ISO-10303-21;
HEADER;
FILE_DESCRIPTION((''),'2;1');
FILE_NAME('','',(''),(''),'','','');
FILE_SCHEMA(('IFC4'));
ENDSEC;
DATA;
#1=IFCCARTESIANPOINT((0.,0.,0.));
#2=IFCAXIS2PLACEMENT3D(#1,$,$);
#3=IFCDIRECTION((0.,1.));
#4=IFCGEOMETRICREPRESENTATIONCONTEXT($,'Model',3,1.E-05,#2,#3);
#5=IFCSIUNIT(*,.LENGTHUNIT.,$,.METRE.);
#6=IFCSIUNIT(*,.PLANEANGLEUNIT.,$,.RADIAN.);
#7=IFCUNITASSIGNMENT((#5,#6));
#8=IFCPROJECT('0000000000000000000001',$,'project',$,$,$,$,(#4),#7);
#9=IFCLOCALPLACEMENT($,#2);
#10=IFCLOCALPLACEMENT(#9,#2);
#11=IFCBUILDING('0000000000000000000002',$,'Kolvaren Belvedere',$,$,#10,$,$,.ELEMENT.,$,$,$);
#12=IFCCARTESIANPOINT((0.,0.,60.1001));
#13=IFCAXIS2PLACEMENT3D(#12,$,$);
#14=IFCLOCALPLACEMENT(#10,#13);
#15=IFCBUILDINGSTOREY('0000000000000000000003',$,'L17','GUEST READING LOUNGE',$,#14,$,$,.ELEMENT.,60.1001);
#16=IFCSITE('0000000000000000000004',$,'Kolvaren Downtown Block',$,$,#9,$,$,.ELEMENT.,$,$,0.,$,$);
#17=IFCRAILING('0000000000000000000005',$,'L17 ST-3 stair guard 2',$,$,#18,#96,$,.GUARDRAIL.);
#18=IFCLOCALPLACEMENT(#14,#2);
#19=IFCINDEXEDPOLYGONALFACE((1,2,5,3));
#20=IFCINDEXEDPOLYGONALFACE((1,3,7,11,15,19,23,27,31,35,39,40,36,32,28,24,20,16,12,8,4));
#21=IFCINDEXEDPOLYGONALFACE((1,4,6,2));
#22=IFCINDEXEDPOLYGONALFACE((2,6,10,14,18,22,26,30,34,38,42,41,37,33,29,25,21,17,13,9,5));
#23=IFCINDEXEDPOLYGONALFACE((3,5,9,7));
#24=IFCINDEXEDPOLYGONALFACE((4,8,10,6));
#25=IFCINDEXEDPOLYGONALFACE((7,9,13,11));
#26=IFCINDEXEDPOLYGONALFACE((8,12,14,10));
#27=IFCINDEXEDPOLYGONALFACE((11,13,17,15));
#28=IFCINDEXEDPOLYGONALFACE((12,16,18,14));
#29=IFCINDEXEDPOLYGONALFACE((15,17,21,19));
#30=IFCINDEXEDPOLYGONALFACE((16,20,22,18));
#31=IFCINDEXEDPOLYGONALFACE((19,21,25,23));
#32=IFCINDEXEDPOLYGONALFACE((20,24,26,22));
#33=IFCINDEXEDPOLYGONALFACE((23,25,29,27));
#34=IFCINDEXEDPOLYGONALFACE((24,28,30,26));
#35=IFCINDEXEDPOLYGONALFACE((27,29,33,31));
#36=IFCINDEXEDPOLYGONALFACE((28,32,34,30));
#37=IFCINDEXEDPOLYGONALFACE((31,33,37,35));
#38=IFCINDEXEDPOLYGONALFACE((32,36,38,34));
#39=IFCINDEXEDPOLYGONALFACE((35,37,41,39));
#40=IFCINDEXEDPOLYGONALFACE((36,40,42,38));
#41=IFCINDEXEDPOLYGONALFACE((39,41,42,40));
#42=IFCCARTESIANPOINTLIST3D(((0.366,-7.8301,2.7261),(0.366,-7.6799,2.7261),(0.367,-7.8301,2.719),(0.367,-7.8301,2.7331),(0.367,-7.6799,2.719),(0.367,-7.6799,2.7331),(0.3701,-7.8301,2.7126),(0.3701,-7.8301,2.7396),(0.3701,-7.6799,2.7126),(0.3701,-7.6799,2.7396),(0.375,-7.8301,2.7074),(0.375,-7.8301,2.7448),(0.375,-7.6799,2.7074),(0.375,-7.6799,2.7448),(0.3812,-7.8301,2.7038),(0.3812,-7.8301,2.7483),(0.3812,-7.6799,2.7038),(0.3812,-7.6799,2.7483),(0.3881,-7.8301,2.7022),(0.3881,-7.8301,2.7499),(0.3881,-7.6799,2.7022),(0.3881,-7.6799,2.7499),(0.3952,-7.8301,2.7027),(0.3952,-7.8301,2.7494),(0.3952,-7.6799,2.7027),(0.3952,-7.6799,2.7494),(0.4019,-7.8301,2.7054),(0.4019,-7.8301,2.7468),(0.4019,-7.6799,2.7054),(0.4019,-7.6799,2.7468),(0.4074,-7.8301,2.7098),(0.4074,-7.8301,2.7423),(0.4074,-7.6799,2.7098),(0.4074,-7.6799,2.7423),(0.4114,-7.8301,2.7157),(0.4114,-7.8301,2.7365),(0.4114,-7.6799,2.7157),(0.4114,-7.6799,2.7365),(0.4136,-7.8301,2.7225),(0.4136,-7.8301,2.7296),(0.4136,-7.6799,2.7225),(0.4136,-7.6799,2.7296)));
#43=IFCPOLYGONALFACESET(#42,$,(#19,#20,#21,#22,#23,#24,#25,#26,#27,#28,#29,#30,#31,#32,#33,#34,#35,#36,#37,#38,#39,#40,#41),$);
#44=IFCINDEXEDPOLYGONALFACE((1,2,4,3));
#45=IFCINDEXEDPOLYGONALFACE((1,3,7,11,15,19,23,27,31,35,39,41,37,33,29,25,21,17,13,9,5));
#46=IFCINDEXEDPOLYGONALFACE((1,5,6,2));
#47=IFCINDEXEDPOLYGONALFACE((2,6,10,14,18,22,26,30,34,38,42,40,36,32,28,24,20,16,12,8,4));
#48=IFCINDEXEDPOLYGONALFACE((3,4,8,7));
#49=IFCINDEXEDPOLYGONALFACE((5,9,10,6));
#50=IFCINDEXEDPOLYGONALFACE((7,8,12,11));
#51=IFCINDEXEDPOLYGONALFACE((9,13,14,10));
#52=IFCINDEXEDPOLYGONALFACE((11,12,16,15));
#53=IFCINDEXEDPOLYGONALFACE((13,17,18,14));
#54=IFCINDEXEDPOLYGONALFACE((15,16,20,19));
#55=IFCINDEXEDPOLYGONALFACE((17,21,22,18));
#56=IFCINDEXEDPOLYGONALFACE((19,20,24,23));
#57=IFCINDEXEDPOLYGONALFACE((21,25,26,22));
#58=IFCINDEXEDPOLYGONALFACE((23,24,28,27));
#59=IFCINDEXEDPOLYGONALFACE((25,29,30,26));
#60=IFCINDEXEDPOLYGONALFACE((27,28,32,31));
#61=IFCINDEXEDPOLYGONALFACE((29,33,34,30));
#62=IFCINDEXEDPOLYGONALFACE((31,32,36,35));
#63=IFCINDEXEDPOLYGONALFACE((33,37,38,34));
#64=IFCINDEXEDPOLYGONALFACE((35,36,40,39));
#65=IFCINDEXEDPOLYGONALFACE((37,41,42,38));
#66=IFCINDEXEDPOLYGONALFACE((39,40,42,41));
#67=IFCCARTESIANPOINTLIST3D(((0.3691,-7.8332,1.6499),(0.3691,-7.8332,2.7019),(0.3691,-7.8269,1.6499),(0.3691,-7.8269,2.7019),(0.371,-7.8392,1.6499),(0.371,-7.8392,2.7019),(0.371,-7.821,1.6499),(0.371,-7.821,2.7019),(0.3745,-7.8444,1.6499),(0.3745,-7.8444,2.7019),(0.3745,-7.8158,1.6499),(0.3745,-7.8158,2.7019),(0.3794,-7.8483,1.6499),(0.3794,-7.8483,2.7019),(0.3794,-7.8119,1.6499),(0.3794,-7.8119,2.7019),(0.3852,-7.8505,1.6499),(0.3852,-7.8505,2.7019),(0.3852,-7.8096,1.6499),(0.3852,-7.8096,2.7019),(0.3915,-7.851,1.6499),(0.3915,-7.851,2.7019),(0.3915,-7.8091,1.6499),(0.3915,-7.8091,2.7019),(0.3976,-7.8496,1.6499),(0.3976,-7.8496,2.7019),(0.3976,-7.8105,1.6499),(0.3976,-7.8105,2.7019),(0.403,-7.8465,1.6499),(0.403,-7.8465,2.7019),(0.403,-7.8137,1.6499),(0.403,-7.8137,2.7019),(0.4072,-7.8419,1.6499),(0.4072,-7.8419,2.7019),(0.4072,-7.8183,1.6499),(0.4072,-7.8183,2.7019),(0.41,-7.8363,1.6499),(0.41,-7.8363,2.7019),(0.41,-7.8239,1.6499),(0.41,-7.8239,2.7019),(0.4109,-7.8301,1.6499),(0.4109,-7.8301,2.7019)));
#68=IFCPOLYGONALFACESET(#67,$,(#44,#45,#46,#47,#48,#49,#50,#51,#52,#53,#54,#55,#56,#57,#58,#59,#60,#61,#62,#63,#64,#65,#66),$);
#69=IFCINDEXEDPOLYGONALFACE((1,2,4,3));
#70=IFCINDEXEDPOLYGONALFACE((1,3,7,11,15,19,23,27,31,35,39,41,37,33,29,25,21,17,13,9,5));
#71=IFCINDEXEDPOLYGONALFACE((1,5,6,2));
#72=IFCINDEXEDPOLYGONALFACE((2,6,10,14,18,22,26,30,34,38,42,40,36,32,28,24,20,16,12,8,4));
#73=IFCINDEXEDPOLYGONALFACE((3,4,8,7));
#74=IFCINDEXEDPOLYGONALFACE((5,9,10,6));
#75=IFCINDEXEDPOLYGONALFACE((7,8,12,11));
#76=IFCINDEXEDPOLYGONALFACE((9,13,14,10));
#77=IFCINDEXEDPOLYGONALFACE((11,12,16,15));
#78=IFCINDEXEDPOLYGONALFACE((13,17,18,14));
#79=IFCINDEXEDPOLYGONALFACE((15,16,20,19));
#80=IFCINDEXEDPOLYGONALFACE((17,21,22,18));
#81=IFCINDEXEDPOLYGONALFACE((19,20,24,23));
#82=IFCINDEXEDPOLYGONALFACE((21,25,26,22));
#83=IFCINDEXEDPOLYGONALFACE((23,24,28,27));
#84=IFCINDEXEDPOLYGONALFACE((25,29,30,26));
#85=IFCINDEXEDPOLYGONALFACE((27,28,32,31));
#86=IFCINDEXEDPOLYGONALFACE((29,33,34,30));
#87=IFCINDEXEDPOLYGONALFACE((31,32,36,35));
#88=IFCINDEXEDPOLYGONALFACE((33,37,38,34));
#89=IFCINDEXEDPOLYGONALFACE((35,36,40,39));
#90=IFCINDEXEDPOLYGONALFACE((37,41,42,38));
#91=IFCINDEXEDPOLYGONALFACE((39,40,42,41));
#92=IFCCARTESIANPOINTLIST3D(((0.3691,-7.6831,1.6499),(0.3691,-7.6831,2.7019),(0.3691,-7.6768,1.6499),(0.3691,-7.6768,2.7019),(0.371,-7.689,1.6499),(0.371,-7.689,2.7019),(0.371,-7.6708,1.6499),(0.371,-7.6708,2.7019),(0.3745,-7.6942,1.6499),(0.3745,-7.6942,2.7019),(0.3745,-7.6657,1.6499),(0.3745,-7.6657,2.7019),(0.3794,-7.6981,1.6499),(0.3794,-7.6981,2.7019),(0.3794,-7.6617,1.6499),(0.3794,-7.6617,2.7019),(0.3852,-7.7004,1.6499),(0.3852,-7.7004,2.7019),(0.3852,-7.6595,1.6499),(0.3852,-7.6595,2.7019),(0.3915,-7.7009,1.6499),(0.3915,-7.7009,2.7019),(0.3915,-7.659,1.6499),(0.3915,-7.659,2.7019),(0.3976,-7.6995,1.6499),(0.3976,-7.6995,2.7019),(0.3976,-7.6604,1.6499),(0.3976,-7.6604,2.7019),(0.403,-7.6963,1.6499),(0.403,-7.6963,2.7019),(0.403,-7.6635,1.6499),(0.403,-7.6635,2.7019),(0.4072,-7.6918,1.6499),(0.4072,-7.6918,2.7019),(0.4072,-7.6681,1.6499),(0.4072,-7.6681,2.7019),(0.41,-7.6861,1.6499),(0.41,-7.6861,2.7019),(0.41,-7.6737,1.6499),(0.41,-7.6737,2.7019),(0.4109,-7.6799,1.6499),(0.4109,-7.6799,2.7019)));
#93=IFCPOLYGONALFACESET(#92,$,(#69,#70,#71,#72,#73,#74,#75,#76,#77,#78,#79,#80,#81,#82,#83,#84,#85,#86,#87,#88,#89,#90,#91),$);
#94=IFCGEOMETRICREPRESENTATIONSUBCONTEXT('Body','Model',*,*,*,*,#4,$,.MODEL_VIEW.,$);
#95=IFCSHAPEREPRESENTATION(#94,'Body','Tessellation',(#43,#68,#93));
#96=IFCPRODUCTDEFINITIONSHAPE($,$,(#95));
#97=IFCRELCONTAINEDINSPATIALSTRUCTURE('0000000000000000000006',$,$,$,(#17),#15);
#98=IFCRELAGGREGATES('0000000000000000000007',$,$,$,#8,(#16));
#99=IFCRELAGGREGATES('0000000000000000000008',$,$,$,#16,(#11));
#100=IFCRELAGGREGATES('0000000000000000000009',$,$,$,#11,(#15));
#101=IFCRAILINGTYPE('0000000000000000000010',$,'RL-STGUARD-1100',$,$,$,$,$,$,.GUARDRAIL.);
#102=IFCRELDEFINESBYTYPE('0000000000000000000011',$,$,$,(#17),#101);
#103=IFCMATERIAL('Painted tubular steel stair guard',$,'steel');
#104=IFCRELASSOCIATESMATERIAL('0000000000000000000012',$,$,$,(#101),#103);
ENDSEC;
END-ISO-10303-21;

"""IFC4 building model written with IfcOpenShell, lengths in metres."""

from ifc_helpers import new_model, si_unit, direction, frame, origin, origin_2d, place, context, subcontext, project, spatial, circle, extrude, material, type_object, element, save


model = new_model("IFC4")

# Units and contexts
model_context = context("Model", 3, precision=1e-05, world=origin(), true_north=direction((0.0, 1.0)))
body_context = subcontext(model_context, "Body", "Model", "MODEL_VIEW")
ifc_project = project(units=[si_unit("LENGTHUNIT", "METRE"), si_unit("PLANEANGLEUNIT", "RADIAN")], contexts=[model_context])

# Site, building, storey
site_placement = place(None, origin())
site = spatial("IfcSite", under=ifc_project, at=site_placement, Name="Kolvaren Downtown Block", CompositionType="ELEMENT", RefElevation=0.0)
building_placement = place(site_placement, origin())
building = spatial("IfcBuilding", under=site, at=building_placement, Name="Kolvaren Belvedere", CompositionType="ELEMENT")
storey_placement = place(building_placement, frame((0.0, 0.0, 60.1001)))
storey = spatial("IfcBuildingStorey", under=building, at=storey_placement, Name="L17", Description="GUEST READING LOUNGE", CompositionType="ELEMENT", Elevation=60.1001)

# Railing
ifc_material_1 = material(Name="Painted tubular steel stair guard", Category="steel")
railing_type_1 = type_object("IfcRailingType", Name="RL-STGUARD-1100", PredefinedType="GUARDRAIL", material=ifc_material_1)
railing_1_placement = place(storey_placement, frame((0.3899, -7.8301, 1.6499)))
element("IfcRailing", 1, at=railing_1_placement, inside=storey, type_object=railing_type_1, Name="L17 ST-3 stair guard 2", PredefinedType="GUARDRAIL", context=body_context, shape_type="SweptSolid", body=[
    extrude(circle(Radius=0.0239, at=origin_2d()), frame((0.0, 0.0, 1.0762), z_axis=(0.0, 1.0, 0.0), x_axis=(-1.0, 0.0, 0.0)), (0.0, 0.0, 1.0), 0.1501),
    extrude(circle(Radius=0.021, at=origin_2d()), origin(), (0.0, 0.0, 1.0), 1.052),
    extrude(circle(Radius=0.021, at=origin_2d()), frame((0.0, 0.1501, 0.0)), (0.0, 0.0, 1.0), 1.052),
])

save(model, "model.ifc")
